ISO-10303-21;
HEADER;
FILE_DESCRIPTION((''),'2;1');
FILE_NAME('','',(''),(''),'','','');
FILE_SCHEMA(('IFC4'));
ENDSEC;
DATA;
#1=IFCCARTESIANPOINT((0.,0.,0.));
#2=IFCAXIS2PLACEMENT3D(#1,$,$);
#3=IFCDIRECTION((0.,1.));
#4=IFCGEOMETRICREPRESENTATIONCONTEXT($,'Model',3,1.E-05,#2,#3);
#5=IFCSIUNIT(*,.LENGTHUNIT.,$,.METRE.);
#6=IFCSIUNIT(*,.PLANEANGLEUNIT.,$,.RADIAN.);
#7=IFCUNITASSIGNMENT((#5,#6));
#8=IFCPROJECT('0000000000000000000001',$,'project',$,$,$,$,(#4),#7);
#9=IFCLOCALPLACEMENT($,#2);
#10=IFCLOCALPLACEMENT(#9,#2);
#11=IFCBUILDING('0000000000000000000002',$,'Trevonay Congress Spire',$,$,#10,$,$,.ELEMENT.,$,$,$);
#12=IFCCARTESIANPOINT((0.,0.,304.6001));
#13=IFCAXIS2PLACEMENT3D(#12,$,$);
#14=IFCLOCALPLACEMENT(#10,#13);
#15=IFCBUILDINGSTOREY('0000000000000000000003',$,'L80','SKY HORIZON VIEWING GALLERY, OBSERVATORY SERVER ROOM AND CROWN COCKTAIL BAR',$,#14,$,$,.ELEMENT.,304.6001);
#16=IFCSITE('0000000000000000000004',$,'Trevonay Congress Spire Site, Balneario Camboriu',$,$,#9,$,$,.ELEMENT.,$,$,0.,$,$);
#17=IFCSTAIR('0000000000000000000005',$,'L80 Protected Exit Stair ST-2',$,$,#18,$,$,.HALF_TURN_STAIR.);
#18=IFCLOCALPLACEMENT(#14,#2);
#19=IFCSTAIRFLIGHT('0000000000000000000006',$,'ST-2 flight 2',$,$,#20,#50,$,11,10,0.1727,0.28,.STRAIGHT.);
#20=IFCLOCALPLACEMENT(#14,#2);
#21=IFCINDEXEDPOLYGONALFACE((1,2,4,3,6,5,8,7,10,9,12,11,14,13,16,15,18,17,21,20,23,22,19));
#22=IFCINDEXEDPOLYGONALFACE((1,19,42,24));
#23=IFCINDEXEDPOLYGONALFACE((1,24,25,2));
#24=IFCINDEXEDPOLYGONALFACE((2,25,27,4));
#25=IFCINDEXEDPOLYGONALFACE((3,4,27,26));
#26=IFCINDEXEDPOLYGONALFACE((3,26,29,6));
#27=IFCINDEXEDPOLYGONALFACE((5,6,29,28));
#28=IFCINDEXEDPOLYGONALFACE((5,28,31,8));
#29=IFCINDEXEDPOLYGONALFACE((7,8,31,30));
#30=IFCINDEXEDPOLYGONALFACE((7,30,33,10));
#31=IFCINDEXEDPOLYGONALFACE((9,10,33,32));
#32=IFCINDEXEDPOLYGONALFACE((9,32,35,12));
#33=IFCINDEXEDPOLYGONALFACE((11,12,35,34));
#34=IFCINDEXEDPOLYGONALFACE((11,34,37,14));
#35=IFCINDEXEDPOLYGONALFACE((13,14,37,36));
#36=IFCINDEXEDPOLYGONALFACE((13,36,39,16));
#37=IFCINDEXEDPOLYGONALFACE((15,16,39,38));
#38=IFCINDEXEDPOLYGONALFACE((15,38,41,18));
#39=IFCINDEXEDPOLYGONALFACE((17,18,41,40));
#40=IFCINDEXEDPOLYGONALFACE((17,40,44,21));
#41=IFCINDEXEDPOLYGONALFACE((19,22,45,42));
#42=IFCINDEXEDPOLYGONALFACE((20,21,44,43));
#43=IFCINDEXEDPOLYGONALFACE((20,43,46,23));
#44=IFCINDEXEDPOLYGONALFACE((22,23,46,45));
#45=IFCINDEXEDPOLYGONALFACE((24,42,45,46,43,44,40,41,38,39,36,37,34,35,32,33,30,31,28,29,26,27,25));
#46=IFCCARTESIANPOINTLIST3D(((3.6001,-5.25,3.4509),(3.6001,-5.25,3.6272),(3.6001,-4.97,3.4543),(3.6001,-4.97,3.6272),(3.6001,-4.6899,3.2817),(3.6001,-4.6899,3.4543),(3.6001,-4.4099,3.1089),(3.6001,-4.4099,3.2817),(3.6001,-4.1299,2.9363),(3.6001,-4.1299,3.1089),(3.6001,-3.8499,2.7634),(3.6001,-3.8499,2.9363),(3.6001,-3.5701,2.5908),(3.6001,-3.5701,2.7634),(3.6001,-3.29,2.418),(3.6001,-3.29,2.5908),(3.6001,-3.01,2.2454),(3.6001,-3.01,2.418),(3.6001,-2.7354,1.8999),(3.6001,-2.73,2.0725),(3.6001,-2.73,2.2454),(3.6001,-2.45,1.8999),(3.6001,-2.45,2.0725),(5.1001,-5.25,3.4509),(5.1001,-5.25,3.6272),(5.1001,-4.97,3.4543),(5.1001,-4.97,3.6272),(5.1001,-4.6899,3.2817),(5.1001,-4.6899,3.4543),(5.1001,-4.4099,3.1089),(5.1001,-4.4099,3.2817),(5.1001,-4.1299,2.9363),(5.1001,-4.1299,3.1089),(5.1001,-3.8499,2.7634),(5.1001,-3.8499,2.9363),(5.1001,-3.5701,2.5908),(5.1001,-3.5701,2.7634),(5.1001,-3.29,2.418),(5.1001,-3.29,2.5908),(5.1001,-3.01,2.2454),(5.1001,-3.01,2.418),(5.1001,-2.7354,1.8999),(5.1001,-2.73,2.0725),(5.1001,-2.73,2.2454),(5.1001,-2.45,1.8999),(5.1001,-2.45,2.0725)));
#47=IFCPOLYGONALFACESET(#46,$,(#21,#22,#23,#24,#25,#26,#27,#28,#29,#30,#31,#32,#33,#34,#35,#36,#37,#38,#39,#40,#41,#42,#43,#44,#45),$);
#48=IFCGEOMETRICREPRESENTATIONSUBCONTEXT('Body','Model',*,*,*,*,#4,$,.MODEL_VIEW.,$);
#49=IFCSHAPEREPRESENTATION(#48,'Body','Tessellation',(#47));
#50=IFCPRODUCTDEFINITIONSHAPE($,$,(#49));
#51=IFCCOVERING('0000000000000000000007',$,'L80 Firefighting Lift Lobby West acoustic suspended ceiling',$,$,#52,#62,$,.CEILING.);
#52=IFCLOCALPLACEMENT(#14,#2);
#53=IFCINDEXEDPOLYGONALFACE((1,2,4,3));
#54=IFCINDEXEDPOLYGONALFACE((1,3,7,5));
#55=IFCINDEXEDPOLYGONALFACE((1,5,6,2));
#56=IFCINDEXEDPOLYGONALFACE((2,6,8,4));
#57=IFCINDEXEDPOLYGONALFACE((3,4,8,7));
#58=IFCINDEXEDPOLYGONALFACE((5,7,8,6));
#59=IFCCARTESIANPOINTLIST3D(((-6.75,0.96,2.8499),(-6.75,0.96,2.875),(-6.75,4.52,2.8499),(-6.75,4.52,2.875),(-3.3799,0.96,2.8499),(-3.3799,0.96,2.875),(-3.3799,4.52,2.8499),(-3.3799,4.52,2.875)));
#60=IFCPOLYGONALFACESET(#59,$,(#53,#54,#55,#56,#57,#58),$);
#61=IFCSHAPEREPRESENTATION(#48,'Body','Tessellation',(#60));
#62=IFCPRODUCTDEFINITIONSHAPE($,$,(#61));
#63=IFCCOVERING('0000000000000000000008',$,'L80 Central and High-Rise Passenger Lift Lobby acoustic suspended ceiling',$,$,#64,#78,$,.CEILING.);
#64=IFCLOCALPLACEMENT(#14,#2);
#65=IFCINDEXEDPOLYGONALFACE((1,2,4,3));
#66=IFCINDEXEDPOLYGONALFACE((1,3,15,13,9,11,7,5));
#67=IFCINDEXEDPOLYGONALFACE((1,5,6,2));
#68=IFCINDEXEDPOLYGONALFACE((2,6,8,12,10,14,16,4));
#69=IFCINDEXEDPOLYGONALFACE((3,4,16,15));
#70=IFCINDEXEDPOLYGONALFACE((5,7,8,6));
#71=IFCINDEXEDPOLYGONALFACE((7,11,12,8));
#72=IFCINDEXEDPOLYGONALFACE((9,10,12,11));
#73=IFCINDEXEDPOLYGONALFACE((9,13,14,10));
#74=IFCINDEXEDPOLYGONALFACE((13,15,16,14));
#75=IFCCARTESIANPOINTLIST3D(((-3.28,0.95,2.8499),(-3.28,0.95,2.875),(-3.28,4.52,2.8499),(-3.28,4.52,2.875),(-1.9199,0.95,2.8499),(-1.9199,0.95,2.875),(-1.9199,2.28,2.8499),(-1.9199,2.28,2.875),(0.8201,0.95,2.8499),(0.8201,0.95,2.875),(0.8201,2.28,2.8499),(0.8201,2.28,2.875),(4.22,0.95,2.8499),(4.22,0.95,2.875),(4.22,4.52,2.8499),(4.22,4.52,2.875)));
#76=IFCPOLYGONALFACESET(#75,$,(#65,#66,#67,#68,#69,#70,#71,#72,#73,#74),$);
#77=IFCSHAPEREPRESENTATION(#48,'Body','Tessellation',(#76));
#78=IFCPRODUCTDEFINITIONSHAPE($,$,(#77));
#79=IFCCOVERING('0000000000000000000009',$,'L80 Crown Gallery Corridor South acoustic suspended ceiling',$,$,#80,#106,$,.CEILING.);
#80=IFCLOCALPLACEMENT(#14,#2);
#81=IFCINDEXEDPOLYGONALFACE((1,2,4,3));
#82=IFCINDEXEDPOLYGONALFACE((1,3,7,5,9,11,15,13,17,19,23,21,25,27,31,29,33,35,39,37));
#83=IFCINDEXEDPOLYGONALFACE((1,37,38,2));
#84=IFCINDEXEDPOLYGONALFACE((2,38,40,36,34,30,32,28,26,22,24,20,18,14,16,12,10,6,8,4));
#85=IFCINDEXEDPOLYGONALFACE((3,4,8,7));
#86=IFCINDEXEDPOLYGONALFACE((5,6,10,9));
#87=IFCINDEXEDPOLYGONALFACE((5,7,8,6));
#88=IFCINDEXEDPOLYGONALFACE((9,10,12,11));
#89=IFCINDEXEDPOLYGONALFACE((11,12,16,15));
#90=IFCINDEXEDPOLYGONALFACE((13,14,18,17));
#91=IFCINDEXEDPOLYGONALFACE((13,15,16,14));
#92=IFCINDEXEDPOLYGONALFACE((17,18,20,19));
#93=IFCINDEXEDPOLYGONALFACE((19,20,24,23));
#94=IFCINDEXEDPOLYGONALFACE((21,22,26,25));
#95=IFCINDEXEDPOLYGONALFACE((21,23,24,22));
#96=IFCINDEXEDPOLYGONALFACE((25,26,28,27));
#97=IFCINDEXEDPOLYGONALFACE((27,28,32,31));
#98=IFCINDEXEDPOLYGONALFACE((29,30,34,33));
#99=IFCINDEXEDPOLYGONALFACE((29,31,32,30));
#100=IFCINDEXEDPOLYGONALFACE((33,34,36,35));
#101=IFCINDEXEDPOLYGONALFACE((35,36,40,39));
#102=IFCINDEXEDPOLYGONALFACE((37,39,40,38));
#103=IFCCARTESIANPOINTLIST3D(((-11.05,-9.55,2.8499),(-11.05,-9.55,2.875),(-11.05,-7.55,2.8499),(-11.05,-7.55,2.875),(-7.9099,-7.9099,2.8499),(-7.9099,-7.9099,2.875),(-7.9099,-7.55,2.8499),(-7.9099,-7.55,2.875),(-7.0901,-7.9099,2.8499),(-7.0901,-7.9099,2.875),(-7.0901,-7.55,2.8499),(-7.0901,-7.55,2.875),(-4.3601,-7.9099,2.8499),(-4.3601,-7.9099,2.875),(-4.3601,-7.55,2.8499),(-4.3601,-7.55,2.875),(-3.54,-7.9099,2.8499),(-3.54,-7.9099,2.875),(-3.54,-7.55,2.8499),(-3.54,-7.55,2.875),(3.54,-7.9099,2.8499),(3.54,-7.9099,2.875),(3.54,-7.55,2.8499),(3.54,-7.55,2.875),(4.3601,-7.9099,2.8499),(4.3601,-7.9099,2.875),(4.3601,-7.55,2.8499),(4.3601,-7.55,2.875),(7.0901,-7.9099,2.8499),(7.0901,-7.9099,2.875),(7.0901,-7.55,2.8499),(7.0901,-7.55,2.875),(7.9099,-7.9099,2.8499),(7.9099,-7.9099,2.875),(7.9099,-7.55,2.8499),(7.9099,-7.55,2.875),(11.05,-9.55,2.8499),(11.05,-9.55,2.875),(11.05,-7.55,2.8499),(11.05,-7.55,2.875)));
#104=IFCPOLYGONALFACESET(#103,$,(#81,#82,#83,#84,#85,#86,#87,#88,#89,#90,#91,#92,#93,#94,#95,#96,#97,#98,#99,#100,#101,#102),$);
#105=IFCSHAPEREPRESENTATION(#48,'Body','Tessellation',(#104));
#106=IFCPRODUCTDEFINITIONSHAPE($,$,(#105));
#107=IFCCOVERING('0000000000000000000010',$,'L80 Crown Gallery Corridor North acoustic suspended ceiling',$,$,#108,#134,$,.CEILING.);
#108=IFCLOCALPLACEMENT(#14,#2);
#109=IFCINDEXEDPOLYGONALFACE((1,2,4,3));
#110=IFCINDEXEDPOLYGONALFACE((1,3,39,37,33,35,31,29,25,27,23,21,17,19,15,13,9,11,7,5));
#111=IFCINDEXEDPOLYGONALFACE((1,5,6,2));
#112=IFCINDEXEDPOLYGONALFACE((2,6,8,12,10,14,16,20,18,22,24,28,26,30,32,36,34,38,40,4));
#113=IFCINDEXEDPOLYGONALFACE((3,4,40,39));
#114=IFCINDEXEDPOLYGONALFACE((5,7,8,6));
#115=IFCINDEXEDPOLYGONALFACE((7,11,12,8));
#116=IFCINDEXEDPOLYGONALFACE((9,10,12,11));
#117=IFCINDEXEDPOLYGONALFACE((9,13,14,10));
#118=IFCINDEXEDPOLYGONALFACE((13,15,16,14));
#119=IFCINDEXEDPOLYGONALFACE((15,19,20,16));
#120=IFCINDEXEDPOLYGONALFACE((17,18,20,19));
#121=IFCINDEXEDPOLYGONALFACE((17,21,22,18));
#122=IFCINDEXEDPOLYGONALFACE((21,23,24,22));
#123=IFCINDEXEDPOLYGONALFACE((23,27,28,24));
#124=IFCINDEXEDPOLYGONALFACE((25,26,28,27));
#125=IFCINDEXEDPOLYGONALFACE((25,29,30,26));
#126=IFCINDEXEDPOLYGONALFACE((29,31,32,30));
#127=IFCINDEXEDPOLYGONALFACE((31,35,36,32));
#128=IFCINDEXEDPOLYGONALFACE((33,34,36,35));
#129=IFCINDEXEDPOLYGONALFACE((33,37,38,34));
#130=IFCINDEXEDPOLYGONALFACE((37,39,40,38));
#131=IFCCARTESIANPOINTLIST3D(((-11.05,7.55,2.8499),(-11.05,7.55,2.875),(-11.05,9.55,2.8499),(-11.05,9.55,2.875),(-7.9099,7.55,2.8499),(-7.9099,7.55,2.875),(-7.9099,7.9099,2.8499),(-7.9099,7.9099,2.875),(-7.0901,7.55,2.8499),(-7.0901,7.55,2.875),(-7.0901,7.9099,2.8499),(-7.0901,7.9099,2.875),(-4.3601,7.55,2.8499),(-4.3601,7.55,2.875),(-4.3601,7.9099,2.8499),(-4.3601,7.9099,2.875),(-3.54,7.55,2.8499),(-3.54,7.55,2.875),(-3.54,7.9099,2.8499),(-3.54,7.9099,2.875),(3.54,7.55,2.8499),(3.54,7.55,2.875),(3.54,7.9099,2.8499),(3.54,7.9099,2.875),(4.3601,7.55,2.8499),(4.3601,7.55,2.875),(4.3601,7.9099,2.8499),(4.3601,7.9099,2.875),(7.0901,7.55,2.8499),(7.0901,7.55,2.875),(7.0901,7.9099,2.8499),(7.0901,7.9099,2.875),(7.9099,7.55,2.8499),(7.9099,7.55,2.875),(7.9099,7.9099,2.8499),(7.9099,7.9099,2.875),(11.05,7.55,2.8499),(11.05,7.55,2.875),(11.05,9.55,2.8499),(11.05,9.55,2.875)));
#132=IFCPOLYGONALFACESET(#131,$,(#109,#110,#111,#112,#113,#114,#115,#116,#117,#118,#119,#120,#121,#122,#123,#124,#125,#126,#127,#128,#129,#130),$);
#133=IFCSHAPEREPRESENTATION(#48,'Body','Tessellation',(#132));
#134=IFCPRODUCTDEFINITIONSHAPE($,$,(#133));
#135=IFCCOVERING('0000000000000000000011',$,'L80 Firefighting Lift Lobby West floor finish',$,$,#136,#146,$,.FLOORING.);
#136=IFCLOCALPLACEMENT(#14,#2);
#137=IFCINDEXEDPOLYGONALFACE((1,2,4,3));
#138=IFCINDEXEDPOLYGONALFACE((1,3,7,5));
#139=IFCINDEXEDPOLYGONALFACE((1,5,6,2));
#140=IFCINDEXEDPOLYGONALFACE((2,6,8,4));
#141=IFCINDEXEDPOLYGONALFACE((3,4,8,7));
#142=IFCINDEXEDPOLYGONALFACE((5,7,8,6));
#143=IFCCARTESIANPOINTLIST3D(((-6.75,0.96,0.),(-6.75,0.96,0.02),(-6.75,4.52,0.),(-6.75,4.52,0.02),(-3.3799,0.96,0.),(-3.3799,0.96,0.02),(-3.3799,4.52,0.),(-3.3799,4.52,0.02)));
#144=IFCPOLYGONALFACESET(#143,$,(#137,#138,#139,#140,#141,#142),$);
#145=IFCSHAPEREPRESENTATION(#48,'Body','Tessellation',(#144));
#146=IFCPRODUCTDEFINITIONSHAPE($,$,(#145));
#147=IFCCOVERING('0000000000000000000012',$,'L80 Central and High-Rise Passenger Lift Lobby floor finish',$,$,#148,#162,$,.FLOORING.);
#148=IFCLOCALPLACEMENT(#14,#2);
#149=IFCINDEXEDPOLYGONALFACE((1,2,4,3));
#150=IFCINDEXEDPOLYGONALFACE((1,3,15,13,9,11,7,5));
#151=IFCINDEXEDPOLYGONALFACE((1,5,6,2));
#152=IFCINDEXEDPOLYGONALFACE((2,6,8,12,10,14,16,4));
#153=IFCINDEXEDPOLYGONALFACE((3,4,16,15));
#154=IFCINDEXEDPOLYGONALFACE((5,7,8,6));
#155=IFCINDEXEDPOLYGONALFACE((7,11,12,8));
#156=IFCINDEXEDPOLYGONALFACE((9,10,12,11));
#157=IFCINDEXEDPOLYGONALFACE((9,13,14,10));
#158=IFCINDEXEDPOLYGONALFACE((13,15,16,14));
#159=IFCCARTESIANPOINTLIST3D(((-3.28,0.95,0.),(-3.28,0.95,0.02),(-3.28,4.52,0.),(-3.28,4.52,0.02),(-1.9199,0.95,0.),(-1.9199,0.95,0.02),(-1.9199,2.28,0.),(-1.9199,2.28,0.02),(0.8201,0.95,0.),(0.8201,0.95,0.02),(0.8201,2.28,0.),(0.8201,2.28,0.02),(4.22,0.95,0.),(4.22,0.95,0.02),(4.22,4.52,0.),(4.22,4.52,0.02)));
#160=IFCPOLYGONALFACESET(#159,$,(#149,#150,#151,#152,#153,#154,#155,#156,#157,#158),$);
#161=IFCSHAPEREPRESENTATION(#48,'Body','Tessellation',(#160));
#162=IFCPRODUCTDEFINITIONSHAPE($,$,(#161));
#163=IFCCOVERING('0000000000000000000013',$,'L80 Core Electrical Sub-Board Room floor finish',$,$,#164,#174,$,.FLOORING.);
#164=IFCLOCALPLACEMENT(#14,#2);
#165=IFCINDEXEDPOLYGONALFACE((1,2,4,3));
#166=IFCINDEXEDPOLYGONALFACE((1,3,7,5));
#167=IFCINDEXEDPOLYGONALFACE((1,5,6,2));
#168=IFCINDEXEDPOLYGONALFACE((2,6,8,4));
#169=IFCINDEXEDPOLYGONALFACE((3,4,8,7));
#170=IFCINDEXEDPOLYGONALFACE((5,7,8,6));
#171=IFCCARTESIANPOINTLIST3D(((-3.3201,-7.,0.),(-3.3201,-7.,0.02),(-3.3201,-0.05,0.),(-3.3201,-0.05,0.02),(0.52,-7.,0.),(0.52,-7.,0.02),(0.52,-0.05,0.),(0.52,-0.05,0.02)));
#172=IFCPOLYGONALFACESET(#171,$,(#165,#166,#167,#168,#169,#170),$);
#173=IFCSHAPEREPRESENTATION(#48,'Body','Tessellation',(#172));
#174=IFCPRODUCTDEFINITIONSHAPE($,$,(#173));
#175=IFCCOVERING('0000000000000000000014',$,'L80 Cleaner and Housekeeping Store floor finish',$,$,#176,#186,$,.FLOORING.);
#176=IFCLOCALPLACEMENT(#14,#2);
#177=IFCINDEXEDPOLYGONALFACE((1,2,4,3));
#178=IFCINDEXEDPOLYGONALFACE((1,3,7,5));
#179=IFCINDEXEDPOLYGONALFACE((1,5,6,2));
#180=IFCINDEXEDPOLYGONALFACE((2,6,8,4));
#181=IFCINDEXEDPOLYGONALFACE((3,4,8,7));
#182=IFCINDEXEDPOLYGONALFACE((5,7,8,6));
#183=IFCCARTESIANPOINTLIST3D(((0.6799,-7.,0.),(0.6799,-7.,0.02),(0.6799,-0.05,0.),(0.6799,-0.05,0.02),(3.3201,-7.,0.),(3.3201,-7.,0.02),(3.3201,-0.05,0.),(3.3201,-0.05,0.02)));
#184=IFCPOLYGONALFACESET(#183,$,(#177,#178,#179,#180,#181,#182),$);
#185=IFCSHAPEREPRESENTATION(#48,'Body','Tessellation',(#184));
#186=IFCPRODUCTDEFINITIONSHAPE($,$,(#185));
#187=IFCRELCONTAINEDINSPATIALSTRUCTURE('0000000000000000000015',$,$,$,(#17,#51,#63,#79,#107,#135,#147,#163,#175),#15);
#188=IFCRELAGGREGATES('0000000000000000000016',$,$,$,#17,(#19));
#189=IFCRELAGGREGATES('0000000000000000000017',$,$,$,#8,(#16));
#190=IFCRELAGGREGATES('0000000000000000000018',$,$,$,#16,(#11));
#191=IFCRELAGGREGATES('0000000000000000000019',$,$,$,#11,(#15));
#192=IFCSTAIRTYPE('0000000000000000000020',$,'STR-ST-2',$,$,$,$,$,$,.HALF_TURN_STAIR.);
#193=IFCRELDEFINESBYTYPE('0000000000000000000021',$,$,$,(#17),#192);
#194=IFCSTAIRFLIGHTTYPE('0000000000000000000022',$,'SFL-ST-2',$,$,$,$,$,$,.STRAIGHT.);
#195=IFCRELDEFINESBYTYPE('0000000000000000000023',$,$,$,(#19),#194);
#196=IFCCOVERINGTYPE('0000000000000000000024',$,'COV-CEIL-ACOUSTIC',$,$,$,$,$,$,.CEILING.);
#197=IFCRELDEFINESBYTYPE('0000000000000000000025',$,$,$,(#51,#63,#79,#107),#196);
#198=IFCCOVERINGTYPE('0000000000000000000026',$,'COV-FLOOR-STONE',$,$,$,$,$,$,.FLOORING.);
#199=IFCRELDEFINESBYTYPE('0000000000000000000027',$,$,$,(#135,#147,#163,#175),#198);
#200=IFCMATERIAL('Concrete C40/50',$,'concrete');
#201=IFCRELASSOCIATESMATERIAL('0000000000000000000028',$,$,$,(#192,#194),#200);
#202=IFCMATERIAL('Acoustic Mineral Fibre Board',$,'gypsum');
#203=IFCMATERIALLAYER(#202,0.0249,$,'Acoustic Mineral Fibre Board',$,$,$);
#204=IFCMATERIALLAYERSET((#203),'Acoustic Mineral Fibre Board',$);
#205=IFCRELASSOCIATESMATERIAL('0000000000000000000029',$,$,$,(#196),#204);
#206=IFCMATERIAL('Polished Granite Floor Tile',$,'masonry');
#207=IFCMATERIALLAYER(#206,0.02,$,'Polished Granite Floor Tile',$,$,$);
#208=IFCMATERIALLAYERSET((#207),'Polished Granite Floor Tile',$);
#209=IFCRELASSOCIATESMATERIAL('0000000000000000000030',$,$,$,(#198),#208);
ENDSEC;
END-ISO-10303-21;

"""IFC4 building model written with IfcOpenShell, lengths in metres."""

from ifc_helpers import new_model, si_unit, direction, frame, origin, place, context, subcontext, project, spatial, polyline, outline, extrude, material, layer, layer_set, type_object, element, aggregate, save


model = new_model("IFC4")

# Units and contexts
model_context = context("Model", 3, precision=1e-05, world=origin(), true_north=direction((0.0, 1.0)))
body_context = subcontext(model_context, "Body", "Model", "MODEL_VIEW")
ifc_project = project(units=[si_unit("LENGTHUNIT", "METRE"), si_unit("PLANEANGLEUNIT", "RADIAN")], contexts=[model_context])

# Site, building, storey
site_placement = place(None, origin())
site = spatial("IfcSite", under=ifc_project, at=site_placement, Name="Trevonay Congress Spire Site, Balneario Camboriu", CompositionType="ELEMENT", RefElevation=0.0)
building_placement = place(site_placement, origin())
building = spatial("IfcBuilding", under=site, at=building_placement, Name="Trevonay Congress Spire", CompositionType="ELEMENT")
storey_placement = place(building_placement, frame((0.0, 0.0, 304.6001)))
storey = spatial("IfcBuildingStorey", under=building, at=storey_placement, Name="L80", Description="SKY HORIZON VIEWING GALLERY, OBSERVATORY SERVER ROOM AND CROWN COCKTAIL BAR", CompositionType="ELEMENT", Elevation=304.6001)

# Stair
ifc_material_1 = material(Name="Concrete C40/50", Category="concrete")
stair_type_1 = type_object("IfcStairType", Name="STR-ST-2", PredefinedType="HALF_TURN_STAIR", material=ifc_material_1)
stair_1_placement = place(storey_placement, origin())
stair_1 = element("IfcStair", 1, at=stair_1_placement, inside=storey, type_object=stair_type_1, Name="L80 Protected Exit Stair ST-2", PredefinedType="HALF_TURN_STAIR")

# Stair flight
stair_flight_type = type_object("IfcStairFlightType", Name="SFL-ST-2", PredefinedType="STRAIGHT", material=ifc_material_1)
stair_flight_1_placement = place(storey_placement, frame((4.3501, -2.45, 1.8999), z_axis=(0.0, 0.0, 1.0), x_axis=(0.0, -1.0, 0.0)))
stair_flight_1 = element("IfcStairFlight", 2, at=stair_flight_1_placement, type_object=stair_flight_type, Name="ST-2 flight 2", NumberOfRisers=11, NumberOfTreads=10, PredefinedType="STRAIGHT", RiserHeight=0.1727, TreadLength=0.28, context=body_context, shape_type="SweptSolid", body=[
    extrude(outline(polyline([(0.0, 0.0), (0.0, 0.1726), (0.28, 0.1726), (0.28, 0.3455), (0.5601, 0.3455), (0.5601, 0.5181), (0.8401, 0.5181), (0.8401, 0.6909), (1.1201, 0.6909), (1.1201, 0.8635), (1.3999, 0.8635), (1.3999, 1.0364), (1.6799, 1.0364), (1.6799, 1.209), (1.96, 1.209), (1.96, 1.3818), (2.24, 1.3818), (2.24, 1.5544), (2.52, 1.5544), (2.52, 1.7273), (2.8, 1.7273), (2.8, 1.8999), (2.8, 1.551), (0.2854, 0.0), (0.0, 0.0)])), frame((0.0, 0.75, 0.0), z_axis=(0.0, -1.0, 0.0), x_axis=(1.0, 0.0, 0.0)), (0.0, 0.0, 1.0), 1.5),
])
aggregate(stair_1, [stair_flight_1])

# Coverings
ifc_material_2 = material(Name="Acoustic Mineral Fibre Board", Category="gypsum")
ifc_layer_1 = layer(ifc_material_2, 0.0249, Name="Acoustic Mineral Fibre Board")
ifc_layer_set_1 = layer_set([ifc_layer_1], Name="Acoustic Mineral Fibre Board")
covering_type_1 = type_object("IfcCoveringType", Name="COV-CEIL-ACOUSTIC", PredefinedType="CEILING", material=ifc_layer_set_1)
covering_1_placement = place(storey_placement, frame((0.0, 0.0, 2.8499)))
element("IfcCovering", 3, at=covering_1_placement, inside=storey, type_object=covering_type_1, Name="L80 Firefighting Lift Lobby West acoustic suspended ceiling", PredefinedType="CEILING", context=body_context, shape_type="SweptSolid", body=[
    extrude(outline(polyline([(-6.75, 0.96), (-3.3799, 0.96), (-3.3799, 4.52), (-6.75, 4.52), (-6.75, 0.96)])), origin(), (0.0, 0.0, 1.0), 0.0251),
])
covering_2_placement = place(storey_placement, frame((0.0, 0.0, 2.8499)))
element("IfcCovering", 4, at=covering_2_placement, inside=storey, type_object=covering_type_1, Name="L80 Central and High-Rise Passenger Lift Lobby acoustic suspended ceiling", PredefinedType="CEILING", context=body_context, shape_type="SweptSolid", body=[
    extrude(outline(polyline([(-3.28, 0.95), (-1.9199, 0.95), (-1.9199, 2.28), (0.8201, 2.28), (0.8201, 0.95), (4.22, 0.95), (4.22, 4.52), (-3.28, 4.52), (-3.28, 0.95)])), origin(), (0.0, 0.0, 1.0), 0.0251),
])
covering_3_placement = place(storey_placement, frame((0.0, 0.0, 2.8499)))
element("IfcCovering", 5, at=covering_3_placement, inside=storey, type_object=covering_type_1, Name="L80 Crown Gallery Corridor South acoustic suspended ceiling", PredefinedType="CEILING", context=body_context, shape_type="SweptSolid", body=[
    extrude(outline(polyline([(11.05, -7.55), (11.05, -9.55), (-11.05, -9.55), (-11.05, -7.55), (-7.9099, -7.55), (-7.9099, -7.9099), (-7.0901, -7.9099), (-7.0901, -7.55), (-4.3601, -7.55), (-4.3601, -7.9099), (-3.54, -7.9099), (-3.54, -7.55), (3.54, -7.55), (3.54, -7.9099), (4.3601, -7.9099), (4.3601, -7.55), (7.0901, -7.55), (7.0901, -7.9099), (7.9099, -7.9099), (7.9099, -7.55), (11.05, -7.55)])), origin(), (0.0, 0.0, 1.0), 0.0251),
])
covering_4_placement = place(storey_placement, frame((0.0, 0.0, 2.8499)))
element("IfcCovering", 6, at=covering_4_placement, inside=storey, type_object=covering_type_1, Name="L80 Crown Gallery Corridor North acoustic suspended ceiling", PredefinedType="CEILING", context=body_context, shape_type="SweptSolid", body=[
    extrude(outline(polyline([(-11.05, 7.55), (-11.05, 9.55), (11.05, 9.55), (11.05, 7.55), (7.9099, 7.55), (7.9099, 7.9099), (7.0901, 7.9099), (7.0901, 7.55), (4.3601, 7.55), (4.3601, 7.9099), (3.54, 7.9099), (3.54, 7.55), (-3.54, 7.55), (-3.54, 7.9099), (-4.3601, 7.9099), (-4.3601, 7.55), (-7.0901, 7.55), (-7.0901, 7.9099), (-7.9099, 7.9099), (-7.9099, 7.55), (-11.05, 7.55)])), origin(), (0.0, 0.0, 1.0), 0.0251),
])
ifc_material_3 = material(Name="Polished Granite Floor Tile", Category="masonry")
ifc_layer_2 = layer(ifc_material_3, 0.02, Name="Polished Granite Floor Tile")
ifc_layer_set_2 = layer_set([ifc_layer_2], Name="Polished Granite Floor Tile")
covering_type_2 = type_object("IfcCoveringType", Name="COV-FLOOR-STONE", PredefinedType="FLOORING", material=ifc_layer_set_2)
covering_5_placement = place(storey_placement, origin())
element("IfcCovering", 7, at=covering_5_placement, inside=storey, type_object=covering_type_2, Name="L80 Firefighting Lift Lobby West floor finish", PredefinedType="FLOORING", context=body_context, shape_type="SweptSolid", body=[
    extrude(outline(polyline([(-6.75, 0.96), (-3.3799, 0.96), (-3.3799, 4.52), (-6.75, 4.52), (-6.75, 0.96)])), origin(), (0.0, 0.0, 1.0), 0.02),
])
covering_6_placement = place(storey_placement, origin())
element("IfcCovering", 8, at=covering_6_placement, inside=storey, type_object=covering_type_2, Name="L80 Central and High-Rise Passenger Lift Lobby floor finish", PredefinedType="FLOORING", context=body_context, shape_type="SweptSolid", body=[
    extrude(outline(polyline([(-3.28, 0.95), (-1.9199, 0.95), (-1.9199, 2.28), (0.8201, 2.28), (0.8201, 0.95), (4.22, 0.95), (4.22, 4.52), (-3.28, 4.52), (-3.28, 0.95)])), origin(), (0.0, 0.0, 1.0), 0.02),
])
covering_7_placement = place(storey_placement, origin())
element("IfcCovering", 9, at=covering_7_placement, inside=storey, type_object=covering_type_2, Name="L80 Core Electrical Sub-Board Room floor finish", PredefinedType="FLOORING", context=body_context, shape_type="SweptSolid", body=[
    extrude(outline(polyline([(-3.3201, -7.0), (0.52, -7.0), (0.52, -0.05), (-3.3201, -0.05), (-3.3201, -7.0)])), origin(), (0.0, 0.0, 1.0), 0.02),
])
covering_8_placement = place(storey_placement, origin())
element("IfcCovering", 10, at=covering_8_placement, inside=storey, type_object=covering_type_2, Name="L80 Cleaner and Housekeeping Store floor finish", PredefinedType="FLOORING", context=body_context, shape_type="SweptSolid", body=[
    extrude(outline(polyline([(0.6799, -7.0), (3.3201, -7.0), (3.3201, -0.05), (0.6799, -0.05), (0.6799, -7.0)])), origin(), (0.0, 0.0, 1.0), 0.02),
])

save(model, "model.ifc")
